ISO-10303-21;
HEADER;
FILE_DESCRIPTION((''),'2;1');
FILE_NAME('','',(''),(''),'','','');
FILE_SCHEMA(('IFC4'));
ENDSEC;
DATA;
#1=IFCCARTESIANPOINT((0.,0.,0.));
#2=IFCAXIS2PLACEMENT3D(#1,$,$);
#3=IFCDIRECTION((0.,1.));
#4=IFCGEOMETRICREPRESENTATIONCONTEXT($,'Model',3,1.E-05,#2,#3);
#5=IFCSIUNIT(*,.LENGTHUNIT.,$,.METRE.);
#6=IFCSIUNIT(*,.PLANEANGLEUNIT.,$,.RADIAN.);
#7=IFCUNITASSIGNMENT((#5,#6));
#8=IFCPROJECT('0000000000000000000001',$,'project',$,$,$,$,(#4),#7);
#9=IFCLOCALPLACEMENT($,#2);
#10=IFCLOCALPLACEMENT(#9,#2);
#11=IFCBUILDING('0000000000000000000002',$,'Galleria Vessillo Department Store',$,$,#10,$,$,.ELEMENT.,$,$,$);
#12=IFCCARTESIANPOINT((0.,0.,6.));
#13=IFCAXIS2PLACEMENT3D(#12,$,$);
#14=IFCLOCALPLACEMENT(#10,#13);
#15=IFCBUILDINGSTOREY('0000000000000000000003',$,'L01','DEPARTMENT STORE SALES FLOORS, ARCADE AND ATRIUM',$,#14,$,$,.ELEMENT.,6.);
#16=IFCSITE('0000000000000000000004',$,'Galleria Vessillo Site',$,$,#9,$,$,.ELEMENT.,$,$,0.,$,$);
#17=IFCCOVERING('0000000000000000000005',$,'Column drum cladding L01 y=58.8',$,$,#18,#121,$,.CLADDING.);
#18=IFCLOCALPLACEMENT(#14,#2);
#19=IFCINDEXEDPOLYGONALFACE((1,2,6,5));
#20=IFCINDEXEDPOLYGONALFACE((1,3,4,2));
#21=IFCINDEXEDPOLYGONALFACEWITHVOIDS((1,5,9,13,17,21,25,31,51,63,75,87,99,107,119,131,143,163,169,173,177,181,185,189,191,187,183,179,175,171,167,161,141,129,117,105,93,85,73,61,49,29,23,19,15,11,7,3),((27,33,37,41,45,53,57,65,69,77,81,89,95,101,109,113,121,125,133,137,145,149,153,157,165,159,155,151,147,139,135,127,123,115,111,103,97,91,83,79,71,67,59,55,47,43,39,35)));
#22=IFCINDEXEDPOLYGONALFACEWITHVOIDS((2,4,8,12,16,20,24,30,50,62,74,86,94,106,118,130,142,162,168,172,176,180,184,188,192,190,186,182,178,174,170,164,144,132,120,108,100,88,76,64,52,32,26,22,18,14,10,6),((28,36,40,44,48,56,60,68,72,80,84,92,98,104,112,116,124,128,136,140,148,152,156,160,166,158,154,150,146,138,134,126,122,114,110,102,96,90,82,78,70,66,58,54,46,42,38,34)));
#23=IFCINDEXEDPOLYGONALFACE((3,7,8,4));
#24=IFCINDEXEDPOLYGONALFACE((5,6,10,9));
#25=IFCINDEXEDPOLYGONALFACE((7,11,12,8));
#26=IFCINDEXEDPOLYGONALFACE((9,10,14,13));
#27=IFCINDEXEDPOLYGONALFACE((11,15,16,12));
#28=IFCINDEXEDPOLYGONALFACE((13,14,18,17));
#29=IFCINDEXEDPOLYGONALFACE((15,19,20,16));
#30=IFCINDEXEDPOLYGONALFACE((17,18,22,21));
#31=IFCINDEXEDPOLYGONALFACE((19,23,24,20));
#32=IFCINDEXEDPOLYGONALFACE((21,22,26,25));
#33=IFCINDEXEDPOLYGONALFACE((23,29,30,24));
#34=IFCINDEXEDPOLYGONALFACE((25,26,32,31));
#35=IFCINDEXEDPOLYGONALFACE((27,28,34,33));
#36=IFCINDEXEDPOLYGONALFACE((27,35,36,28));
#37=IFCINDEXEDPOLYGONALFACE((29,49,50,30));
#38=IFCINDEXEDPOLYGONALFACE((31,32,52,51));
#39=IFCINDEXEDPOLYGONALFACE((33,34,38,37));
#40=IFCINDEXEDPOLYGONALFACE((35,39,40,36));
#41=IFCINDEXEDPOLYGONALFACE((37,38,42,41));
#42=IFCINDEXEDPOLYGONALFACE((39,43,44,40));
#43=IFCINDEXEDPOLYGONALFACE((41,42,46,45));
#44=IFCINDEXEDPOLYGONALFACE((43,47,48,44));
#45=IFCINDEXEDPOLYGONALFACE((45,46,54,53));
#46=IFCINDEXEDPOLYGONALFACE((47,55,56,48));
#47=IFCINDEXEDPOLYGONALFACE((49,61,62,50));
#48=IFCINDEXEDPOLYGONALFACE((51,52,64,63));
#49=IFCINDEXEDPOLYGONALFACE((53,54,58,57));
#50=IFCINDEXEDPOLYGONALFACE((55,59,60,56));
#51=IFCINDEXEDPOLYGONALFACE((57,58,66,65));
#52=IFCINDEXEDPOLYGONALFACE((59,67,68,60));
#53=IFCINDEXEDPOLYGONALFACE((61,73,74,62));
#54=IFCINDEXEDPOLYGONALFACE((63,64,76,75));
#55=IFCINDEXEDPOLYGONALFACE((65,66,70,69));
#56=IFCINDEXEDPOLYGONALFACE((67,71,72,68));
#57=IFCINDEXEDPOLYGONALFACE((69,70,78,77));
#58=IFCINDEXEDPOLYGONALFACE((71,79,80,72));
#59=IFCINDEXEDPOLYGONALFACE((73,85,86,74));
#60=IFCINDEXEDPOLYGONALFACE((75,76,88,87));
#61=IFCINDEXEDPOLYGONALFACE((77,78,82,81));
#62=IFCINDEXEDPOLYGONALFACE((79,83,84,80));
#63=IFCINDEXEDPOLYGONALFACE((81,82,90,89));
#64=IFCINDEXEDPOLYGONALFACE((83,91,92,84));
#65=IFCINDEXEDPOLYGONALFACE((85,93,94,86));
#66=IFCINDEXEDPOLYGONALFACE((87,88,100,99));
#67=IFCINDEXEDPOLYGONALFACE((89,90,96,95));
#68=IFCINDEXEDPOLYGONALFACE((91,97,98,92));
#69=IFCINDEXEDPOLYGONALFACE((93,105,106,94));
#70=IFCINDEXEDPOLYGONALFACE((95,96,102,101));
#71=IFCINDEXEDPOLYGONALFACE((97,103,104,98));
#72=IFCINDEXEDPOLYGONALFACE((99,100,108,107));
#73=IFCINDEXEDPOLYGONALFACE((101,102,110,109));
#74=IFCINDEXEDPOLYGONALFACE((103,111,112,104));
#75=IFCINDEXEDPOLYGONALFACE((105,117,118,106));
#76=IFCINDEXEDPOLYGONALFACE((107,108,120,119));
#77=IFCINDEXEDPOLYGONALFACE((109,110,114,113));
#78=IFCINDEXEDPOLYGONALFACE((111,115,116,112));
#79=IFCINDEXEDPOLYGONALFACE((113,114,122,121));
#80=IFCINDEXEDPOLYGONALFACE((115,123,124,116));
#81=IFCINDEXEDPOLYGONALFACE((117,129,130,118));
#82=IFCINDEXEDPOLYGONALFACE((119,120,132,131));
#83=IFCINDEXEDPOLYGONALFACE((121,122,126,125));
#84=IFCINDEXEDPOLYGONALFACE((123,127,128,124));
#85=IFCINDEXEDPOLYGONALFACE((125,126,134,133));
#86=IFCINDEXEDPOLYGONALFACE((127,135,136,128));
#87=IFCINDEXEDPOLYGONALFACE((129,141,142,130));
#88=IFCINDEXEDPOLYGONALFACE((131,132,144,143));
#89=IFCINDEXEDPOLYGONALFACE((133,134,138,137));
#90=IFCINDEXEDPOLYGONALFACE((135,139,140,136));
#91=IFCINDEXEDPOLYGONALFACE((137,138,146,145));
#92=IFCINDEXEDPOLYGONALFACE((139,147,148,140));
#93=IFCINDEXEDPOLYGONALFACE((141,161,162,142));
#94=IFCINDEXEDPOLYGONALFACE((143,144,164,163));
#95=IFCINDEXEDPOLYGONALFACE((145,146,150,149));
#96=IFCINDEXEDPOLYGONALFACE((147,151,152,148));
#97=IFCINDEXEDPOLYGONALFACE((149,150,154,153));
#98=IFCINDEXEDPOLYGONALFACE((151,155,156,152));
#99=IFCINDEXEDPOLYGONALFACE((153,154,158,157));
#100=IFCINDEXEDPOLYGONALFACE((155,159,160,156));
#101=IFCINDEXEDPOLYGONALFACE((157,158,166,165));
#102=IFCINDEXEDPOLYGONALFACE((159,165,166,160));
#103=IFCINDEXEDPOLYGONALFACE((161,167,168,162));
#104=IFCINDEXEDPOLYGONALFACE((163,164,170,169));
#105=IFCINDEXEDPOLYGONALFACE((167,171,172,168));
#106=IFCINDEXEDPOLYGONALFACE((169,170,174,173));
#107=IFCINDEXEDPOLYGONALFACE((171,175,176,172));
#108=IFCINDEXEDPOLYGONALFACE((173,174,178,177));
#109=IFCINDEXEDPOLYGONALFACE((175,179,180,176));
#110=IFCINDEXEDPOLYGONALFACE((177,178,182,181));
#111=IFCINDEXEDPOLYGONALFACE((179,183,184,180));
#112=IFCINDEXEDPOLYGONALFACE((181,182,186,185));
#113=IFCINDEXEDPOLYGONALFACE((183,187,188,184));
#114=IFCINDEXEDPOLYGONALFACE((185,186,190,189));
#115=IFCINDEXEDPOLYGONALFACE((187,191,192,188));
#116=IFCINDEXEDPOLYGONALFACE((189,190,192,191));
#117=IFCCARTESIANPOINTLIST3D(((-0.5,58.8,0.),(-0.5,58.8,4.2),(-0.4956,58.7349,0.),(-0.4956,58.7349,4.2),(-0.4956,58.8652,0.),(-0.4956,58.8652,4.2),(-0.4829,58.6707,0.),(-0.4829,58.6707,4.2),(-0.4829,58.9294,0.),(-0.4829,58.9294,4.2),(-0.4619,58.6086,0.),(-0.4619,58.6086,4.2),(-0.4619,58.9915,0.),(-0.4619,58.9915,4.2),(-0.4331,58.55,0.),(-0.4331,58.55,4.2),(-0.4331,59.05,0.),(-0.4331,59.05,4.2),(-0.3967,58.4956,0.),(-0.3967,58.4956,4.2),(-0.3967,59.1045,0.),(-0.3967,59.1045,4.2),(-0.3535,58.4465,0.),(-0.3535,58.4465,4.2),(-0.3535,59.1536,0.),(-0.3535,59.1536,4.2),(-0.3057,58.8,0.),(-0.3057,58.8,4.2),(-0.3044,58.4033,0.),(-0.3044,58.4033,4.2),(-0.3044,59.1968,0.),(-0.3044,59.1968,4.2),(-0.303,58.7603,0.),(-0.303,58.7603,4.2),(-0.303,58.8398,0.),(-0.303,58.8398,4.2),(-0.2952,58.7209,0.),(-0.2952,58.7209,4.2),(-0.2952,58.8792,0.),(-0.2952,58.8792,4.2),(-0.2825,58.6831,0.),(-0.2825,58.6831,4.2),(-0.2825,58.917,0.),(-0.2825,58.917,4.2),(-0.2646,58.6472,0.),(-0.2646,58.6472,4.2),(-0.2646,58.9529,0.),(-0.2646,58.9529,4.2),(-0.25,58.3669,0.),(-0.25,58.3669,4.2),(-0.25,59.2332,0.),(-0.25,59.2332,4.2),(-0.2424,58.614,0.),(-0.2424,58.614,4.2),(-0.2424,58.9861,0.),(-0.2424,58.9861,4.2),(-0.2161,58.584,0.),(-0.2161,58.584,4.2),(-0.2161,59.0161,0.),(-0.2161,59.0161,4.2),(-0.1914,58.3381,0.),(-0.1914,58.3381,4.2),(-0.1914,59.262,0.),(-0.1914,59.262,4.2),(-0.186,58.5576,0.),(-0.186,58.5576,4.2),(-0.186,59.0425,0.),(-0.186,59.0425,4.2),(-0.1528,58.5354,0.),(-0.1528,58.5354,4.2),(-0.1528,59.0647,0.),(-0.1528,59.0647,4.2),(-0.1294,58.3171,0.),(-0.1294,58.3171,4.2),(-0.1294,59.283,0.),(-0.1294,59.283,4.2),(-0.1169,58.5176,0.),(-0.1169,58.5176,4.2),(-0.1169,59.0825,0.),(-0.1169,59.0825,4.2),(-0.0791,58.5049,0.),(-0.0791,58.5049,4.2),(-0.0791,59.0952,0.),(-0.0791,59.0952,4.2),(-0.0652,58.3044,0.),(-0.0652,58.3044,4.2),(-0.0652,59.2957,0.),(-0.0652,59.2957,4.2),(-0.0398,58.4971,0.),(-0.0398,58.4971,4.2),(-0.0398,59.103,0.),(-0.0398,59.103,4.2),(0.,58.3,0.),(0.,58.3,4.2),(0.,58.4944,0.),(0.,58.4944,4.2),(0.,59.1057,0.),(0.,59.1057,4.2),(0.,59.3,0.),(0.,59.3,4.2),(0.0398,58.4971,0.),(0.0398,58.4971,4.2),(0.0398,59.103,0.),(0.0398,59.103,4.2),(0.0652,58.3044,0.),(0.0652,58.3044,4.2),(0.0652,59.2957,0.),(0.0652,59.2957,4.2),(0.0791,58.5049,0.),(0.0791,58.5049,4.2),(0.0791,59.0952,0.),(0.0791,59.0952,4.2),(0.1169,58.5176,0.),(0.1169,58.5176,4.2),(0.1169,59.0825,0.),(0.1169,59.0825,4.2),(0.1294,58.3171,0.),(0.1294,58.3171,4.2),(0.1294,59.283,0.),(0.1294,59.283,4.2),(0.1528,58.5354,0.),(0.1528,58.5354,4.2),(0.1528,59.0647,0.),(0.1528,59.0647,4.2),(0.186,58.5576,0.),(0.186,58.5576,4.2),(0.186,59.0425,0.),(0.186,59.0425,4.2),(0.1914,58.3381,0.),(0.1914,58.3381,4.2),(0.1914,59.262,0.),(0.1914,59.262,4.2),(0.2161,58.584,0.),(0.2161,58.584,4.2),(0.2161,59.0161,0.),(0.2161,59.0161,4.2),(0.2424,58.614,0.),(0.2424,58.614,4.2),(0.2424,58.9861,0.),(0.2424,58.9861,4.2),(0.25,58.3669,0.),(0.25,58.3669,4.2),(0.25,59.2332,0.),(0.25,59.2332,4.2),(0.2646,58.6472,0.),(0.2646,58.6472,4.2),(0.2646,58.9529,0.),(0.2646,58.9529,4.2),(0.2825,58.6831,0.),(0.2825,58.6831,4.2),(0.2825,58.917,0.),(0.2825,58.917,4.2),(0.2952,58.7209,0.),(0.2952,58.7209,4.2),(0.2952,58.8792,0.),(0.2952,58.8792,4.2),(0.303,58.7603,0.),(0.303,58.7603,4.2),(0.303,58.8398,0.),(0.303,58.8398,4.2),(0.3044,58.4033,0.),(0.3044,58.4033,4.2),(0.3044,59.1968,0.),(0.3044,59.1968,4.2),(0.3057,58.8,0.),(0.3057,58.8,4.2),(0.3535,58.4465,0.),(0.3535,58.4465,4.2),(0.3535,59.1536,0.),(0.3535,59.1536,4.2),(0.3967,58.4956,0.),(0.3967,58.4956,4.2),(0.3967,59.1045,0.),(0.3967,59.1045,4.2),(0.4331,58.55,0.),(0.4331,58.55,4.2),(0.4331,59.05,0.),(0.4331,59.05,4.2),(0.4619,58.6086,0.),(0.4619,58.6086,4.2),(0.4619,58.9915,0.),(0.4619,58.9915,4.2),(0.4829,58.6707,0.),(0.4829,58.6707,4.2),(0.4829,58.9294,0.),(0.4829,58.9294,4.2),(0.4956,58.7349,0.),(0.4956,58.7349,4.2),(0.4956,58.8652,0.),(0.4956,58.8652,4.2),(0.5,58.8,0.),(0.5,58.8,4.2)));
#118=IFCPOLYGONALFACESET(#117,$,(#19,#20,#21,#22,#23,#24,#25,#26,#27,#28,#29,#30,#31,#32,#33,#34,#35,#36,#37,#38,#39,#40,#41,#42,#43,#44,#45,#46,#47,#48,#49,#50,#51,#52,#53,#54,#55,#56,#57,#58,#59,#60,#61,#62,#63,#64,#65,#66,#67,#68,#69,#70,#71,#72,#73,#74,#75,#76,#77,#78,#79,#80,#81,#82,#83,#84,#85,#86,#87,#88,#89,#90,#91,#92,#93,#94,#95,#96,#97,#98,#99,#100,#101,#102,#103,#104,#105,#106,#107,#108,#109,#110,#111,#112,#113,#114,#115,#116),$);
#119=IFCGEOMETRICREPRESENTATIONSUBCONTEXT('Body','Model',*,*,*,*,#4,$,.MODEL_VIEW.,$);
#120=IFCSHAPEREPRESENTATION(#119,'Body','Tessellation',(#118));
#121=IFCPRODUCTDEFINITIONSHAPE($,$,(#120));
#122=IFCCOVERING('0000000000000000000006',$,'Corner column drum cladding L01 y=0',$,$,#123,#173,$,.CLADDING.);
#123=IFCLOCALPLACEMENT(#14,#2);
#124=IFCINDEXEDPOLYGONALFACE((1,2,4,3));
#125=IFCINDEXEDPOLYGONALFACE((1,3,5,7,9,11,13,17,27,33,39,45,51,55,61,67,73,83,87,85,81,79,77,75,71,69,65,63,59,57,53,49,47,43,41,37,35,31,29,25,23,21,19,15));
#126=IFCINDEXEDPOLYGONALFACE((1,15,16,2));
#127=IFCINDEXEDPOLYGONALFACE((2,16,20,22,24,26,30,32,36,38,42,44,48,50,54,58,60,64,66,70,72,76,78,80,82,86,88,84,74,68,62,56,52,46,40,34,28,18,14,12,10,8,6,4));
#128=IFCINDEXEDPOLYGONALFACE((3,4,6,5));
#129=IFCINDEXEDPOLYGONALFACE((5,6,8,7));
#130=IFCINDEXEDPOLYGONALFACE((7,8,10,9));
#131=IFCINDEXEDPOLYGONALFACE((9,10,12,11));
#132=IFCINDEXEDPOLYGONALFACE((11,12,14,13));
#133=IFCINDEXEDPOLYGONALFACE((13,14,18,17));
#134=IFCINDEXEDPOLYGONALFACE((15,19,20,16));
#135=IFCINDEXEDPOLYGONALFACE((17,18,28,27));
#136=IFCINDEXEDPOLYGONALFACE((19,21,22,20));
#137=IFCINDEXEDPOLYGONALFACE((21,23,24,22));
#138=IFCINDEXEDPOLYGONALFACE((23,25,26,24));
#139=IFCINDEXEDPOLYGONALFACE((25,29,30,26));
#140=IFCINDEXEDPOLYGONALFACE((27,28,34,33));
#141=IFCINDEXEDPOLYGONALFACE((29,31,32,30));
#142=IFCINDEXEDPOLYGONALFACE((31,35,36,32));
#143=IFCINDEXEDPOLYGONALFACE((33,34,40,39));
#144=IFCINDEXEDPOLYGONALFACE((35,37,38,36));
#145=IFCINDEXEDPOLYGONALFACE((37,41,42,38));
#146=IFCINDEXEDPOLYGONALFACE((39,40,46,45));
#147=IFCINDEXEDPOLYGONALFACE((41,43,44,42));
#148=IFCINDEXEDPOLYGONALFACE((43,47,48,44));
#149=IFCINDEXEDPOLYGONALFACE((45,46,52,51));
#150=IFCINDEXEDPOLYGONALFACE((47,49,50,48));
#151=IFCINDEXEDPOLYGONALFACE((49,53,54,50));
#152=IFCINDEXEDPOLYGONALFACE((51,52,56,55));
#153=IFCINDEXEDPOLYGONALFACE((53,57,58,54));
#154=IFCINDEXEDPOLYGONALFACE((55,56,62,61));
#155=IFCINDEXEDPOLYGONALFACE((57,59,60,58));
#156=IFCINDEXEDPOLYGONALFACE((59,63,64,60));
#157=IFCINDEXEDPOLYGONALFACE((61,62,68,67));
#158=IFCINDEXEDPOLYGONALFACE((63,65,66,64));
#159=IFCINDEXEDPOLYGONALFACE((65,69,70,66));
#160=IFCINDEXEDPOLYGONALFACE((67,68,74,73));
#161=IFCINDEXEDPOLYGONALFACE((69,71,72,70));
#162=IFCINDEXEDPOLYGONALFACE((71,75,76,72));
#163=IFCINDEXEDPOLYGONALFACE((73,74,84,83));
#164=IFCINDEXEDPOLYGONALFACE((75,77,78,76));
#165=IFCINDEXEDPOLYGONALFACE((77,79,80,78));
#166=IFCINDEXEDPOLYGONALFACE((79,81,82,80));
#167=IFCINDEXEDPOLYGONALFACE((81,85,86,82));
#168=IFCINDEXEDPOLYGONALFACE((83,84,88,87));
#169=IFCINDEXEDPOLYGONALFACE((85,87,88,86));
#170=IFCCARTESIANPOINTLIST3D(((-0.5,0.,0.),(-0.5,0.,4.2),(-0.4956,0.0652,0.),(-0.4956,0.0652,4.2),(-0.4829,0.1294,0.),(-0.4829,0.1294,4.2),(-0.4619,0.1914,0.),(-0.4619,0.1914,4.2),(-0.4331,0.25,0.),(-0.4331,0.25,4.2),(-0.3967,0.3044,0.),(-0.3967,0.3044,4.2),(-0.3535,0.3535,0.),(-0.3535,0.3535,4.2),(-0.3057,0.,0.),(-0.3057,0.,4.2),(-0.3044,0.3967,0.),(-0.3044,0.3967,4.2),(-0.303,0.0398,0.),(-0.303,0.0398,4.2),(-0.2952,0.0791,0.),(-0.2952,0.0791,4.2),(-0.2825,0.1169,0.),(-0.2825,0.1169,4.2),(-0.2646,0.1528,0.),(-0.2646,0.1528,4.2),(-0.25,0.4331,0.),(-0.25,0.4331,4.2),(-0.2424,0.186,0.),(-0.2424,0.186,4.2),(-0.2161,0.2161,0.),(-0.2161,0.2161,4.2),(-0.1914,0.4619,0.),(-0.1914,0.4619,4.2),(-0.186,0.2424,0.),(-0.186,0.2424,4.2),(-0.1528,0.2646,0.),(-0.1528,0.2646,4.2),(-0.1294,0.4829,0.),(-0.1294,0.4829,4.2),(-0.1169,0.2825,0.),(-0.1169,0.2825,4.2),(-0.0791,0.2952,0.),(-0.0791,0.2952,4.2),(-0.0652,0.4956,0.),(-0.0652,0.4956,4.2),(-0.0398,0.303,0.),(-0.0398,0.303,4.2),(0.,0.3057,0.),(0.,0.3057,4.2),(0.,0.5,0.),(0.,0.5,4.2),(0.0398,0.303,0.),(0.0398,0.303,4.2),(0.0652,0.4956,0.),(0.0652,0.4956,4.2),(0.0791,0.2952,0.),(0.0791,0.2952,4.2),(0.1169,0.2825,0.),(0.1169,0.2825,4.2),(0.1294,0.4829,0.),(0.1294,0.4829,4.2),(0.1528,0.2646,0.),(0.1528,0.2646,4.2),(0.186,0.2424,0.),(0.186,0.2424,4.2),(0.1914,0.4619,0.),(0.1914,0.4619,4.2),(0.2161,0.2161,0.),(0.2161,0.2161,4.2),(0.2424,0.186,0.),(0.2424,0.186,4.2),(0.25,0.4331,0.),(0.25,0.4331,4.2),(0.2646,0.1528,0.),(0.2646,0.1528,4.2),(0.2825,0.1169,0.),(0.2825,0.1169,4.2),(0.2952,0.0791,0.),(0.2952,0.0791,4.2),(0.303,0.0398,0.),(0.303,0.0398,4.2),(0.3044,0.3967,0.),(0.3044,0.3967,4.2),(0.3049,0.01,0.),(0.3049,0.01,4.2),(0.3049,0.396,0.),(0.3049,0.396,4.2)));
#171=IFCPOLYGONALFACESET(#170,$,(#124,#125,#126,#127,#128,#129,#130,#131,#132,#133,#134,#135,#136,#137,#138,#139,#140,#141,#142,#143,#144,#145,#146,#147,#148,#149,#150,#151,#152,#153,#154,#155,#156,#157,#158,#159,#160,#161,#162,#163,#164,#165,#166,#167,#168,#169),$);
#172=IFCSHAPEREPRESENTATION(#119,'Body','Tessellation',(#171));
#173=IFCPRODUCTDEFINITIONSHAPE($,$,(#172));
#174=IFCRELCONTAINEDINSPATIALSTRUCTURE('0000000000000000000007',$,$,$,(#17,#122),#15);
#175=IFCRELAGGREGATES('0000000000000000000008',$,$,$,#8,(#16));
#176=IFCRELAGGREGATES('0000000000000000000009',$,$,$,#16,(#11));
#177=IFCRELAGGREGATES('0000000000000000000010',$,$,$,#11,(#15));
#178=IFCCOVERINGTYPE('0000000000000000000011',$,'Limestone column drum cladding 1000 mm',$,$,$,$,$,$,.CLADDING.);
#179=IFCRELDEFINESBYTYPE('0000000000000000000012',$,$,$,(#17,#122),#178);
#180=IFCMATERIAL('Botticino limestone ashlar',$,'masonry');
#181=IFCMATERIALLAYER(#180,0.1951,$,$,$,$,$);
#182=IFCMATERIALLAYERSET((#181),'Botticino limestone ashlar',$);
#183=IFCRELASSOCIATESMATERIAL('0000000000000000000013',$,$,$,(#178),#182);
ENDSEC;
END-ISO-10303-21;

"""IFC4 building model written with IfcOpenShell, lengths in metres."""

from ifc_helpers import new_model, si_unit, direction, frame, origin, place, context, subcontext, project, spatial, polyline, outline, extrude, material, layer, layer_set, type_object, element, save


model = new_model("IFC4")

# Units and contexts
model_context = context("Model", 3, precision=1e-05, world=origin(), true_north=direction((0.0, 1.0)))
body_context = subcontext(model_context, "Body", "Model", "MODEL_VIEW")
ifc_project = project(units=[si_unit("LENGTHUNIT", "METRE"), si_unit("PLANEANGLEUNIT", "RADIAN")], contexts=[model_context])

# Site, building, storey
site_placement = place(None, origin())
site = spatial("IfcSite", under=ifc_project, at=site_placement, Name="Galleria Vessillo Site", CompositionType="ELEMENT", RefElevation=0.0)
building_placement = place(site_placement, origin())
building = spatial("IfcBuilding", under=site, at=building_placement, Name="Galleria Vessillo Department Store", CompositionType="ELEMENT")
storey_placement = place(building_placement, frame((0.0, 0.0, 6.0)))
storey = spatial("IfcBuildingStorey", under=building, at=storey_placement, Name="L01", Description="DEPARTMENT STORE SALES FLOORS, ARCADE AND ATRIUM", CompositionType="ELEMENT", Elevation=6.0)

# Coverings
ifc_material_1 = material(Name="Botticino limestone ashlar", Category="masonry")
ifc_layer_1 = layer(ifc_material_1, 0.1951)
ifc_layer_set_1 = layer_set([ifc_layer_1], Name="Botticino limestone ashlar")
covering_type_1 = type_object("IfcCoveringType", Name="Limestone column drum cladding 1000 mm", PredefinedType="CLADDING", material=ifc_layer_set_1)
covering_1_placement = place(storey_placement, origin())
element("IfcCovering", 1, at=covering_1_placement, inside=storey, type_object=covering_type_1, Name="Column drum cladding L01 y=58.8", PredefinedType="CLADDING", context=body_context, shape_type="SweptSolid", body=[
    extrude(outline(polyline([(0.5, 58.8), (0.4956, 58.8652), (0.4829, 58.9294), (0.4619, 58.9915), (0.4331, 59.05), (0.3967, 59.1045), (0.3535, 59.1536), (0.3044, 59.1968), (0.25, 59.2332), (0.1914, 59.262), (0.1294, 59.283), (0.0652, 59.2957), (0.0, 59.3), (-0.0652, 59.2957), (-0.1294, 59.283), (-0.1914, 59.262), (-0.25, 59.2332), (-0.3044, 59.1968), (-0.3535, 59.1536), (-0.3967, 59.1045), (-0.4331, 59.05), (-0.4619, 58.9915), (-0.4829, 58.9294), (-0.4956, 58.8652), (-0.5, 58.8), (-0.4956, 58.7349), (-0.4829, 58.6707), (-0.4619, 58.6086), (-0.4331, 58.55), (-0.3967, 58.4956), (-0.3535, 58.4465), (-0.3044, 58.4033), (-0.25, 58.3669), (-0.1914, 58.3381), (-0.1294, 58.3171), (-0.0652, 58.3044), (0.0, 58.3), (0.0652, 58.3044), (0.1294, 58.3171), (0.1914, 58.3381), (0.25, 58.3669), (0.3044, 58.4033), (0.3535, 58.4465), (0.3967, 58.4956), (0.4331, 58.55), (0.4619, 58.6086), (0.4829, 58.6707), (0.4956, 58.7349), (0.5, 58.8)]), holes=[polyline([(0.3057, 58.8), (0.303, 58.8398), (0.2952, 58.8792), (0.2825, 58.917), (0.2646, 58.9529), (0.2424, 58.9861), (0.2161, 59.0161), (0.186, 59.0425), (0.1528, 59.0647), (0.1169, 59.0825), (0.0791, 59.0952), (0.0398, 59.103), (0.0, 59.1057), (-0.0398, 59.103), (-0.0791, 59.0952), (-0.1169, 59.0825), (-0.1528, 59.0647), (-0.186, 59.0425), (-0.2161, 59.0161), (-0.2424, 58.9861), (-0.2646, 58.9529), (-0.2825, 58.917), (-0.2952, 58.8792), (-0.303, 58.8398), (-0.3057, 58.8), (-0.303, 58.7603), (-0.2952, 58.7209), (-0.2825, 58.6831), (-0.2646, 58.6472), (-0.2424, 58.614), (-0.2161, 58.584), (-0.186, 58.5576), (-0.1528, 58.5354), (-0.1169, 58.5176), (-0.0791, 58.5049), (-0.0398, 58.4971), (0.0, 58.4944), (0.0398, 58.4971), (0.0791, 58.5049), (0.1169, 58.5176), (0.1528, 58.5354), (0.186, 58.5576), (0.2161, 58.584), (0.2424, 58.614), (0.2646, 58.6472), (0.2825, 58.6831), (0.2952, 58.7209), (0.303, 58.7603), (0.3057, 58.8)])]), origin(), (0.0, 0.0, 1.0), 4.2),
])
covering_2_placement = place(storey_placement, origin())
element("IfcCovering", 2, at=covering_2_placement, inside=storey, type_object=covering_type_1, Name="Corner column drum cladding L01 y=0", PredefinedType="CLADDING", context=body_context, shape_type="SweptSolid", body=[
    extrude(outline(polyline([(-0.4956, 0.0652), (-0.4829, 0.1294), (-0.4619, 0.1914), (-0.4331, 0.25), (-0.3967, 0.3044), (-0.3535, 0.3535), (-0.3044, 0.3967), (-0.25, 0.4331), (-0.1914, 0.4619), (-0.1294, 0.4829), (-0.0652, 0.4956), (0.0, 0.5), (0.0652, 0.4956), (0.1294, 0.4829), (0.1914, 0.4619), (0.25, 0.4331), (0.3044, 0.3967), (0.3049, 0.396), (0.3049, 0.01), (0.303, 0.0398), (0.2952, 0.0791), (0.2825, 0.1169), (0.2646, 0.1528), (0.2424, 0.186), (0.2161, 0.2161), (0.186, 0.2424), (0.1528, 0.2646), (0.1169, 0.2825), (0.0791, 0.2952), (0.0398, 0.303), (0.0, 0.3057), (-0.0398, 0.303), (-0.0791, 0.2952), (-0.1169, 0.2825), (-0.1528, 0.2646), (-0.186, 0.2424), (-0.2161, 0.2161), (-0.2424, 0.186), (-0.2646, 0.1528), (-0.2825, 0.1169), (-0.2952, 0.0791), (-0.303, 0.0398), (-0.3057, 0.0), (-0.3057, 0.0), (-0.5, 0.0), (-0.5, 0.0), (-0.4956, 0.0652)])), origin(), (0.0, 0.0, 1.0), 4.2),
])

save(model, "model.ifc")
